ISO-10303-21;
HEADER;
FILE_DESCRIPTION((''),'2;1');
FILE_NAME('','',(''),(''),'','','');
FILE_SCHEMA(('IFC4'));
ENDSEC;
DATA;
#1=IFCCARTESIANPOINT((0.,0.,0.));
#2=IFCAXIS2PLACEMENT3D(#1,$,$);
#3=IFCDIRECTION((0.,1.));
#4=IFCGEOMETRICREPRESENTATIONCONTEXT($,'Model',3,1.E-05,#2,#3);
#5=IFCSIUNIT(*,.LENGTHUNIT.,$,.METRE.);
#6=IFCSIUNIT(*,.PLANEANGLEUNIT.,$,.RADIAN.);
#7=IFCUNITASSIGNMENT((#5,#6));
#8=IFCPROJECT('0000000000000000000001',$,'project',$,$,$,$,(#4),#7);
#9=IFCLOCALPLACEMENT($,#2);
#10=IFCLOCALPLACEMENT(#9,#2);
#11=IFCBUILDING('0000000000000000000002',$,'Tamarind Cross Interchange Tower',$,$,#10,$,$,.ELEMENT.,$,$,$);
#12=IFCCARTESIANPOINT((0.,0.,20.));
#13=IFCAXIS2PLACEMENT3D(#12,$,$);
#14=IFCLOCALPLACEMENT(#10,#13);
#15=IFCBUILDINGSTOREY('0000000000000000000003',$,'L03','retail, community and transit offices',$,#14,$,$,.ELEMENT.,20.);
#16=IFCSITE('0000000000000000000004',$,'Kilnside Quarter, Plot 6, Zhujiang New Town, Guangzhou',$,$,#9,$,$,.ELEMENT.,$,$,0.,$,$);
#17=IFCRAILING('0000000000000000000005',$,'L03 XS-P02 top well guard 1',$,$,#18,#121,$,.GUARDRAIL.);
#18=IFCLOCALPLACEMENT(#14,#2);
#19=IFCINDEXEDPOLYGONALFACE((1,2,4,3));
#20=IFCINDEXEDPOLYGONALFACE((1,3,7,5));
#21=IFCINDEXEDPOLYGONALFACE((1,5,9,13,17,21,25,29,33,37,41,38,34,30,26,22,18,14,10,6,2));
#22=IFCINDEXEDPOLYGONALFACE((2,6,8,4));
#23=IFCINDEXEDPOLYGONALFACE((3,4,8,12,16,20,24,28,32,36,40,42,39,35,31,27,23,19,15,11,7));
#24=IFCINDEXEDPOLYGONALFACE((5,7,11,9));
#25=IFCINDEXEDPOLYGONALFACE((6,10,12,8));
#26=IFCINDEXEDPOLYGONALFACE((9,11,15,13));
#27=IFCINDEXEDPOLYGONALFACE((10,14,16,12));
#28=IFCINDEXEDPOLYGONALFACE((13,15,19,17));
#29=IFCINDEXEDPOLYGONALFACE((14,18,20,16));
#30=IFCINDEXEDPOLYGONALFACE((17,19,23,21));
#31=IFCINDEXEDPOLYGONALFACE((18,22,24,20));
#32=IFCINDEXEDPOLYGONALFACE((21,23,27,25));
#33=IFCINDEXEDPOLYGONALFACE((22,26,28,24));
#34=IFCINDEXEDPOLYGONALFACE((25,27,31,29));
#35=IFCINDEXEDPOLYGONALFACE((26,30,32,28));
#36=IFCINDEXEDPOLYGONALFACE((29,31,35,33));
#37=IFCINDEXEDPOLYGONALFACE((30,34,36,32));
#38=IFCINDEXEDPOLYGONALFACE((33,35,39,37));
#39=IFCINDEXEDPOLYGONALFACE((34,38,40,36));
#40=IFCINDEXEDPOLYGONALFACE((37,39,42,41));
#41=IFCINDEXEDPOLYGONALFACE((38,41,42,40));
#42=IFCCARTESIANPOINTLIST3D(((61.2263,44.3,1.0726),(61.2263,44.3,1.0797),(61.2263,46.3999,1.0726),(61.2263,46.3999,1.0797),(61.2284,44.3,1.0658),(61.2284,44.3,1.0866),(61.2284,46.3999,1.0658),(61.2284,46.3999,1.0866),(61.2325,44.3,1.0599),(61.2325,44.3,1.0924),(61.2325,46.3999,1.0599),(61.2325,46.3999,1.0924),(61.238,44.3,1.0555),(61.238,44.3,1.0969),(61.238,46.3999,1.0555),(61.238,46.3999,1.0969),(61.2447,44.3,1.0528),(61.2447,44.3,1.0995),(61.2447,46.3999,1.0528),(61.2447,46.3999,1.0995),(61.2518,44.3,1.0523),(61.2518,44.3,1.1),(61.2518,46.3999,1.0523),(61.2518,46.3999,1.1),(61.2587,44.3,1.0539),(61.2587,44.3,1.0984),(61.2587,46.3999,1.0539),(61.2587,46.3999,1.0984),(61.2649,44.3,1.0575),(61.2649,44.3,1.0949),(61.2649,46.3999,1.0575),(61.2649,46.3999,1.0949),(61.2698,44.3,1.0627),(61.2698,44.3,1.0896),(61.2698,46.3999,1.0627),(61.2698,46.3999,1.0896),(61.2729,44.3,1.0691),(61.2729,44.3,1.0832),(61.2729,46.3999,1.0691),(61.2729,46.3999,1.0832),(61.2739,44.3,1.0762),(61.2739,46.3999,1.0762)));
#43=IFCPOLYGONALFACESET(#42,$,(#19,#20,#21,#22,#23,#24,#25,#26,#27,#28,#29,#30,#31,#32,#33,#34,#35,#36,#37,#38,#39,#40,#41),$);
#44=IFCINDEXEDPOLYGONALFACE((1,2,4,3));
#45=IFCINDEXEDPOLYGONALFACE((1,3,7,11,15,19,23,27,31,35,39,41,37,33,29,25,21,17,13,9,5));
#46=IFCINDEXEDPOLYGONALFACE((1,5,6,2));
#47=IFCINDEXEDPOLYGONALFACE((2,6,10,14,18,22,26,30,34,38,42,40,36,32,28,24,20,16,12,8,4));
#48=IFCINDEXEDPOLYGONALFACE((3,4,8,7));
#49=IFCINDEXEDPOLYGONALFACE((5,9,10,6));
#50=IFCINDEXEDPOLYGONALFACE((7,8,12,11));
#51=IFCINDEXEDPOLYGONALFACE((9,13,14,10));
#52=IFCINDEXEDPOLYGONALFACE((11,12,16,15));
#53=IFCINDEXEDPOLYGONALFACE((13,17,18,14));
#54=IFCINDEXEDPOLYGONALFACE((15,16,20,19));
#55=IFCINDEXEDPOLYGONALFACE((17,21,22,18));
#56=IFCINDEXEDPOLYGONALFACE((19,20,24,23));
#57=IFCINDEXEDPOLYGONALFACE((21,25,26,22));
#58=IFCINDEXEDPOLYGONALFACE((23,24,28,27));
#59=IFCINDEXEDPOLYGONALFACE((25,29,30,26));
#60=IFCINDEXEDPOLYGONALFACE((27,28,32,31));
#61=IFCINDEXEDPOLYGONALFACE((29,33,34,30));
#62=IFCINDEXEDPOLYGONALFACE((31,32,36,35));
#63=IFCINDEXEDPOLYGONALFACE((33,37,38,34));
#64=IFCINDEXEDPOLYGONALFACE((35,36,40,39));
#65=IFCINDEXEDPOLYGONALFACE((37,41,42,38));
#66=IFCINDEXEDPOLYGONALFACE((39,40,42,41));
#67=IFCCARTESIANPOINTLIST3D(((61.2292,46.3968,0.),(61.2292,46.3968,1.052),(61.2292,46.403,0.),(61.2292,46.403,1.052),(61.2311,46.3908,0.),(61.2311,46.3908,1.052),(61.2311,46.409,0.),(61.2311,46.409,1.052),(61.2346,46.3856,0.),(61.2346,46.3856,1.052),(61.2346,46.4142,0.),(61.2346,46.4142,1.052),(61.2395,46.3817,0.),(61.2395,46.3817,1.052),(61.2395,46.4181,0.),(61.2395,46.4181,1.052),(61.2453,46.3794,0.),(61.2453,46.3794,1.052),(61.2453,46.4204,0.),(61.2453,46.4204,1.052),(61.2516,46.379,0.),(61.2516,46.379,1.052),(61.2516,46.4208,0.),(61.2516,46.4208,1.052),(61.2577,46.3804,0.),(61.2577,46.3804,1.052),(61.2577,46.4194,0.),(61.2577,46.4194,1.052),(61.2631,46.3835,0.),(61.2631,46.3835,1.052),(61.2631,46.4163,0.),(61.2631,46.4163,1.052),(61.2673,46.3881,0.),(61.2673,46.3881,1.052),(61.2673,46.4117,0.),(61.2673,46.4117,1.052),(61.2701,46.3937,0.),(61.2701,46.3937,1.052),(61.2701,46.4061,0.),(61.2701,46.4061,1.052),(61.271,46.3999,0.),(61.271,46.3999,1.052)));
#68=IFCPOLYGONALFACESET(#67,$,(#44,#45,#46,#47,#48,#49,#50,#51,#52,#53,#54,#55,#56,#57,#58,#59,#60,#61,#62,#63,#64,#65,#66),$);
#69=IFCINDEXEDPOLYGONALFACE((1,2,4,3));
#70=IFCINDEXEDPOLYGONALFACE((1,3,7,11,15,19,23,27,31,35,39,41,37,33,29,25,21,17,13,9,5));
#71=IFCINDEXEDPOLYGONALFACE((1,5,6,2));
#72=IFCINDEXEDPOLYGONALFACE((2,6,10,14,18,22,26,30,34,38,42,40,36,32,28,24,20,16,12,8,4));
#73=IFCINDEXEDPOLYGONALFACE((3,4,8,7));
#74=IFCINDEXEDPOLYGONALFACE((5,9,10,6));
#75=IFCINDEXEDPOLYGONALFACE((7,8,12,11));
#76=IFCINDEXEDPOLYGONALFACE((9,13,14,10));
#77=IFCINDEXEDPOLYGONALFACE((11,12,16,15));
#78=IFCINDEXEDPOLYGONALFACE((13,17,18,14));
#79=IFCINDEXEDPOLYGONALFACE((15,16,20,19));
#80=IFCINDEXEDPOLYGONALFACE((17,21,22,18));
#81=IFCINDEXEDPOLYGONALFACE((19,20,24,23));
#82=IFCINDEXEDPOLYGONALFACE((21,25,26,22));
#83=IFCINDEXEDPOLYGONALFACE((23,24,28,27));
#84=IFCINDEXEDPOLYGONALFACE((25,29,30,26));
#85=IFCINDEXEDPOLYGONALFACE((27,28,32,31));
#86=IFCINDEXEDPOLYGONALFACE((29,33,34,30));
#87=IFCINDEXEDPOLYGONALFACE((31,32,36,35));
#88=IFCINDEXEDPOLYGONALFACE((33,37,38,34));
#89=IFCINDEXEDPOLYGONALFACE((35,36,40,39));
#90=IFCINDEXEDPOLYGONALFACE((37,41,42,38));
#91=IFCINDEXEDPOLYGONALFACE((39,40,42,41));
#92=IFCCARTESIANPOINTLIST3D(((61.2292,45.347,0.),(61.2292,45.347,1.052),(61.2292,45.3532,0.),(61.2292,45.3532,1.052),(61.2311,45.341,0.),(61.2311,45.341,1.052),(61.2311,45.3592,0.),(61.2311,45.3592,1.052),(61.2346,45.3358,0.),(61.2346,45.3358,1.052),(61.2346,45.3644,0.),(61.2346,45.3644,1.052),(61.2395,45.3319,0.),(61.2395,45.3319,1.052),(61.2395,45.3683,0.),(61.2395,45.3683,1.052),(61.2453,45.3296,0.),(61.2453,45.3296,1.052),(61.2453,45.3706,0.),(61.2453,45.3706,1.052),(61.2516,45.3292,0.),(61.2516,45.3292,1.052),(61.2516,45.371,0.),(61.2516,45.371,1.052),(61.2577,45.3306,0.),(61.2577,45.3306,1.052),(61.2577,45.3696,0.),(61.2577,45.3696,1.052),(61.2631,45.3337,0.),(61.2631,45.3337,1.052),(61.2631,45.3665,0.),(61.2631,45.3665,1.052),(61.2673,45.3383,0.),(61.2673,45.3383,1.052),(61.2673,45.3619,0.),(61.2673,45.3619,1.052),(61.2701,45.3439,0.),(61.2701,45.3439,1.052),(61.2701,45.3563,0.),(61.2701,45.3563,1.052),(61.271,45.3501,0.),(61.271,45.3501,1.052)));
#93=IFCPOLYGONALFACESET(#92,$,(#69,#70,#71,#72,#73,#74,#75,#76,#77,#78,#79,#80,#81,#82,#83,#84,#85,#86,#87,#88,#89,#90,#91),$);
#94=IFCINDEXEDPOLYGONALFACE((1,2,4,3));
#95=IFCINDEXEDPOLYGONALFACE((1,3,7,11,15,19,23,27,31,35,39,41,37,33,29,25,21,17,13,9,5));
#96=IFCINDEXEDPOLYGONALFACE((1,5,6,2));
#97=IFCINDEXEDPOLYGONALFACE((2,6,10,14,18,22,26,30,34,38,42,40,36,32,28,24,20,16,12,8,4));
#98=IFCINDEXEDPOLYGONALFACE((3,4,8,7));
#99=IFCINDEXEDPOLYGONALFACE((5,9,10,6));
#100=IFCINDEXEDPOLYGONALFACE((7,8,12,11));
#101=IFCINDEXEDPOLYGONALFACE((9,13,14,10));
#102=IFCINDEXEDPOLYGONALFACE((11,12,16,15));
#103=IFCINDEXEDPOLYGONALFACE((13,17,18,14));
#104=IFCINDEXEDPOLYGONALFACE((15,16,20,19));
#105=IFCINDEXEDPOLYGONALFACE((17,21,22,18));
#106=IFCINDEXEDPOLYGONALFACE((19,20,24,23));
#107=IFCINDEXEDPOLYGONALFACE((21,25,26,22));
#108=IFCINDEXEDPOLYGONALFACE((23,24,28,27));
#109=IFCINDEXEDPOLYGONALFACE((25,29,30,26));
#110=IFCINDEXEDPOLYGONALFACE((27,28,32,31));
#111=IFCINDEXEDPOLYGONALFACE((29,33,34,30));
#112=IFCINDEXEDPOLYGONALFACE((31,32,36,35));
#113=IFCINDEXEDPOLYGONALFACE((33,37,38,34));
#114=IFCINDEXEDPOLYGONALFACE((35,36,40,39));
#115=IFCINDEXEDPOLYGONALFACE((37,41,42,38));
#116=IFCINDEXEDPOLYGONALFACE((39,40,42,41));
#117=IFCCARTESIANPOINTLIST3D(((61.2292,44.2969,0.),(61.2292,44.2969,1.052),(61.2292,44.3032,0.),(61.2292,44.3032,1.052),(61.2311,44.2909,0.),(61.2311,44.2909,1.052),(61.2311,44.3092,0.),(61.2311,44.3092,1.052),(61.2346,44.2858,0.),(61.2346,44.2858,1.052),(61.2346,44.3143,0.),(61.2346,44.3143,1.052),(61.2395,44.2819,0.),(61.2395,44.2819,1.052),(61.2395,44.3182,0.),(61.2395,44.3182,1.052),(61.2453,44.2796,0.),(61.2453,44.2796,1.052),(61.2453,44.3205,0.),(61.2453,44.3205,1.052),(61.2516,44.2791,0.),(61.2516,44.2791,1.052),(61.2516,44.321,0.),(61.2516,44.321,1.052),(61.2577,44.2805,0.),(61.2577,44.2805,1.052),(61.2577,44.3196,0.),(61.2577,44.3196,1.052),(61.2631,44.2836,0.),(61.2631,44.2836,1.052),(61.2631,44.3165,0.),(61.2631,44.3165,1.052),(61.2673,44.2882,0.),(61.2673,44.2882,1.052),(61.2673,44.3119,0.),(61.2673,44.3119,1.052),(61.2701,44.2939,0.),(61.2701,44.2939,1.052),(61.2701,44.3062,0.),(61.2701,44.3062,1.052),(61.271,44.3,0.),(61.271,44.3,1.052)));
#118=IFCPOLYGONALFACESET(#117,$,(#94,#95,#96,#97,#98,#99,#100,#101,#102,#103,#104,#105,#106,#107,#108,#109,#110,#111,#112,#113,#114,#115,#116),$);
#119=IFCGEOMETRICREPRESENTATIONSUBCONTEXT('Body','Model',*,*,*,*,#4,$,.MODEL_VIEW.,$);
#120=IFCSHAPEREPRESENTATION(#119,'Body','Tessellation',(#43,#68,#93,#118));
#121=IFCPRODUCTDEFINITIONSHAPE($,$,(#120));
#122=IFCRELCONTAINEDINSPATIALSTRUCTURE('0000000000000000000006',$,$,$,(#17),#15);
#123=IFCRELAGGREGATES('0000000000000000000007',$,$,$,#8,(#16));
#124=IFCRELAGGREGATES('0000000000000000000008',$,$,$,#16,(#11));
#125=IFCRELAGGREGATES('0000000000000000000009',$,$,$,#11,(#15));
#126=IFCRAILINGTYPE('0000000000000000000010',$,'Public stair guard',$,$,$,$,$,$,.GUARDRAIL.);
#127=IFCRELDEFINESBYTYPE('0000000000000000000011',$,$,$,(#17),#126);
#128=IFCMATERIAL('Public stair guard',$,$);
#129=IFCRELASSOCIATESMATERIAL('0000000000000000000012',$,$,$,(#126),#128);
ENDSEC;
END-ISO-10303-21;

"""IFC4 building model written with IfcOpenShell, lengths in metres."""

from ifc_helpers import new_model, si_unit, direction, frame, origin, origin_2d, place, context, subcontext, project, spatial, circle, extrude, material, type_object, element, save


model = new_model("IFC4")

# Units and contexts
model_context = context("Model", 3, precision=1e-05, world=origin(), true_north=direction((0.0, 1.0)))
body_context = subcontext(model_context, "Body", "Model", "MODEL_VIEW")
ifc_project = project(units=[si_unit("LENGTHUNIT", "METRE"), si_unit("PLANEANGLEUNIT", "RADIAN")], contexts=[model_context])

# Site, building, storey
site_placement = place(None, origin())
site = spatial("IfcSite", under=ifc_project, at=site_placement, Name="Kilnside Quarter, Plot 6, Zhujiang New Town, Guangzhou", CompositionType="ELEMENT", RefElevation=0.0)
building_placement = place(site_placement, origin())
building = spatial("IfcBuilding", under=site, at=building_placement, Name="Tamarind Cross Interchange Tower", CompositionType="ELEMENT")
storey_placement = place(building_placement, frame((0.0, 0.0, 20.0)))
storey = spatial("IfcBuildingStorey", under=building, at=storey_placement, Name="L03", Description="retail, community and transit offices", CompositionType="ELEMENT", Elevation=20.0)

# Railing
ifc_material_1 = material(Name="Public stair guard")
railing_type = type_object("IfcRailingType", Name="Public stair guard", PredefinedType="GUARDRAIL", material=ifc_material_1)
railing_1_placement = place(storey_placement, frame((61.25, 46.3999, 0.0)))
element("IfcRailing", 1, at=railing_1_placement, inside=storey, type_object=railing_type, Name="L03 XS-P02 top well guard 1", PredefinedType="GUARDRAIL", context=body_context, shape_type="SweptSolid", body=[
    extrude(circle(Radius=0.0239, at=origin_2d()), frame((0.0, 0.0, 1.0762), z_axis=(0.0, -1.0, 0.0), x_axis=(1.0, 0.0, 0.0)), (0.0, 0.0, 1.0), 2.0999),
    extrude(circle(Radius=0.021, at=origin_2d()), origin(), (0.0, 0.0, 1.0), 1.052),
    extrude(circle(Radius=0.021, at=origin_2d()), frame((0.0, -1.0498, 0.0)), (0.0, 0.0, 1.0), 1.052),
    extrude(circle(Radius=0.021, at=origin_2d()), frame((0.0, -2.0999, 0.0)), (0.0, 0.0, 1.0), 1.052),
])

save(model, "model.ifc")
